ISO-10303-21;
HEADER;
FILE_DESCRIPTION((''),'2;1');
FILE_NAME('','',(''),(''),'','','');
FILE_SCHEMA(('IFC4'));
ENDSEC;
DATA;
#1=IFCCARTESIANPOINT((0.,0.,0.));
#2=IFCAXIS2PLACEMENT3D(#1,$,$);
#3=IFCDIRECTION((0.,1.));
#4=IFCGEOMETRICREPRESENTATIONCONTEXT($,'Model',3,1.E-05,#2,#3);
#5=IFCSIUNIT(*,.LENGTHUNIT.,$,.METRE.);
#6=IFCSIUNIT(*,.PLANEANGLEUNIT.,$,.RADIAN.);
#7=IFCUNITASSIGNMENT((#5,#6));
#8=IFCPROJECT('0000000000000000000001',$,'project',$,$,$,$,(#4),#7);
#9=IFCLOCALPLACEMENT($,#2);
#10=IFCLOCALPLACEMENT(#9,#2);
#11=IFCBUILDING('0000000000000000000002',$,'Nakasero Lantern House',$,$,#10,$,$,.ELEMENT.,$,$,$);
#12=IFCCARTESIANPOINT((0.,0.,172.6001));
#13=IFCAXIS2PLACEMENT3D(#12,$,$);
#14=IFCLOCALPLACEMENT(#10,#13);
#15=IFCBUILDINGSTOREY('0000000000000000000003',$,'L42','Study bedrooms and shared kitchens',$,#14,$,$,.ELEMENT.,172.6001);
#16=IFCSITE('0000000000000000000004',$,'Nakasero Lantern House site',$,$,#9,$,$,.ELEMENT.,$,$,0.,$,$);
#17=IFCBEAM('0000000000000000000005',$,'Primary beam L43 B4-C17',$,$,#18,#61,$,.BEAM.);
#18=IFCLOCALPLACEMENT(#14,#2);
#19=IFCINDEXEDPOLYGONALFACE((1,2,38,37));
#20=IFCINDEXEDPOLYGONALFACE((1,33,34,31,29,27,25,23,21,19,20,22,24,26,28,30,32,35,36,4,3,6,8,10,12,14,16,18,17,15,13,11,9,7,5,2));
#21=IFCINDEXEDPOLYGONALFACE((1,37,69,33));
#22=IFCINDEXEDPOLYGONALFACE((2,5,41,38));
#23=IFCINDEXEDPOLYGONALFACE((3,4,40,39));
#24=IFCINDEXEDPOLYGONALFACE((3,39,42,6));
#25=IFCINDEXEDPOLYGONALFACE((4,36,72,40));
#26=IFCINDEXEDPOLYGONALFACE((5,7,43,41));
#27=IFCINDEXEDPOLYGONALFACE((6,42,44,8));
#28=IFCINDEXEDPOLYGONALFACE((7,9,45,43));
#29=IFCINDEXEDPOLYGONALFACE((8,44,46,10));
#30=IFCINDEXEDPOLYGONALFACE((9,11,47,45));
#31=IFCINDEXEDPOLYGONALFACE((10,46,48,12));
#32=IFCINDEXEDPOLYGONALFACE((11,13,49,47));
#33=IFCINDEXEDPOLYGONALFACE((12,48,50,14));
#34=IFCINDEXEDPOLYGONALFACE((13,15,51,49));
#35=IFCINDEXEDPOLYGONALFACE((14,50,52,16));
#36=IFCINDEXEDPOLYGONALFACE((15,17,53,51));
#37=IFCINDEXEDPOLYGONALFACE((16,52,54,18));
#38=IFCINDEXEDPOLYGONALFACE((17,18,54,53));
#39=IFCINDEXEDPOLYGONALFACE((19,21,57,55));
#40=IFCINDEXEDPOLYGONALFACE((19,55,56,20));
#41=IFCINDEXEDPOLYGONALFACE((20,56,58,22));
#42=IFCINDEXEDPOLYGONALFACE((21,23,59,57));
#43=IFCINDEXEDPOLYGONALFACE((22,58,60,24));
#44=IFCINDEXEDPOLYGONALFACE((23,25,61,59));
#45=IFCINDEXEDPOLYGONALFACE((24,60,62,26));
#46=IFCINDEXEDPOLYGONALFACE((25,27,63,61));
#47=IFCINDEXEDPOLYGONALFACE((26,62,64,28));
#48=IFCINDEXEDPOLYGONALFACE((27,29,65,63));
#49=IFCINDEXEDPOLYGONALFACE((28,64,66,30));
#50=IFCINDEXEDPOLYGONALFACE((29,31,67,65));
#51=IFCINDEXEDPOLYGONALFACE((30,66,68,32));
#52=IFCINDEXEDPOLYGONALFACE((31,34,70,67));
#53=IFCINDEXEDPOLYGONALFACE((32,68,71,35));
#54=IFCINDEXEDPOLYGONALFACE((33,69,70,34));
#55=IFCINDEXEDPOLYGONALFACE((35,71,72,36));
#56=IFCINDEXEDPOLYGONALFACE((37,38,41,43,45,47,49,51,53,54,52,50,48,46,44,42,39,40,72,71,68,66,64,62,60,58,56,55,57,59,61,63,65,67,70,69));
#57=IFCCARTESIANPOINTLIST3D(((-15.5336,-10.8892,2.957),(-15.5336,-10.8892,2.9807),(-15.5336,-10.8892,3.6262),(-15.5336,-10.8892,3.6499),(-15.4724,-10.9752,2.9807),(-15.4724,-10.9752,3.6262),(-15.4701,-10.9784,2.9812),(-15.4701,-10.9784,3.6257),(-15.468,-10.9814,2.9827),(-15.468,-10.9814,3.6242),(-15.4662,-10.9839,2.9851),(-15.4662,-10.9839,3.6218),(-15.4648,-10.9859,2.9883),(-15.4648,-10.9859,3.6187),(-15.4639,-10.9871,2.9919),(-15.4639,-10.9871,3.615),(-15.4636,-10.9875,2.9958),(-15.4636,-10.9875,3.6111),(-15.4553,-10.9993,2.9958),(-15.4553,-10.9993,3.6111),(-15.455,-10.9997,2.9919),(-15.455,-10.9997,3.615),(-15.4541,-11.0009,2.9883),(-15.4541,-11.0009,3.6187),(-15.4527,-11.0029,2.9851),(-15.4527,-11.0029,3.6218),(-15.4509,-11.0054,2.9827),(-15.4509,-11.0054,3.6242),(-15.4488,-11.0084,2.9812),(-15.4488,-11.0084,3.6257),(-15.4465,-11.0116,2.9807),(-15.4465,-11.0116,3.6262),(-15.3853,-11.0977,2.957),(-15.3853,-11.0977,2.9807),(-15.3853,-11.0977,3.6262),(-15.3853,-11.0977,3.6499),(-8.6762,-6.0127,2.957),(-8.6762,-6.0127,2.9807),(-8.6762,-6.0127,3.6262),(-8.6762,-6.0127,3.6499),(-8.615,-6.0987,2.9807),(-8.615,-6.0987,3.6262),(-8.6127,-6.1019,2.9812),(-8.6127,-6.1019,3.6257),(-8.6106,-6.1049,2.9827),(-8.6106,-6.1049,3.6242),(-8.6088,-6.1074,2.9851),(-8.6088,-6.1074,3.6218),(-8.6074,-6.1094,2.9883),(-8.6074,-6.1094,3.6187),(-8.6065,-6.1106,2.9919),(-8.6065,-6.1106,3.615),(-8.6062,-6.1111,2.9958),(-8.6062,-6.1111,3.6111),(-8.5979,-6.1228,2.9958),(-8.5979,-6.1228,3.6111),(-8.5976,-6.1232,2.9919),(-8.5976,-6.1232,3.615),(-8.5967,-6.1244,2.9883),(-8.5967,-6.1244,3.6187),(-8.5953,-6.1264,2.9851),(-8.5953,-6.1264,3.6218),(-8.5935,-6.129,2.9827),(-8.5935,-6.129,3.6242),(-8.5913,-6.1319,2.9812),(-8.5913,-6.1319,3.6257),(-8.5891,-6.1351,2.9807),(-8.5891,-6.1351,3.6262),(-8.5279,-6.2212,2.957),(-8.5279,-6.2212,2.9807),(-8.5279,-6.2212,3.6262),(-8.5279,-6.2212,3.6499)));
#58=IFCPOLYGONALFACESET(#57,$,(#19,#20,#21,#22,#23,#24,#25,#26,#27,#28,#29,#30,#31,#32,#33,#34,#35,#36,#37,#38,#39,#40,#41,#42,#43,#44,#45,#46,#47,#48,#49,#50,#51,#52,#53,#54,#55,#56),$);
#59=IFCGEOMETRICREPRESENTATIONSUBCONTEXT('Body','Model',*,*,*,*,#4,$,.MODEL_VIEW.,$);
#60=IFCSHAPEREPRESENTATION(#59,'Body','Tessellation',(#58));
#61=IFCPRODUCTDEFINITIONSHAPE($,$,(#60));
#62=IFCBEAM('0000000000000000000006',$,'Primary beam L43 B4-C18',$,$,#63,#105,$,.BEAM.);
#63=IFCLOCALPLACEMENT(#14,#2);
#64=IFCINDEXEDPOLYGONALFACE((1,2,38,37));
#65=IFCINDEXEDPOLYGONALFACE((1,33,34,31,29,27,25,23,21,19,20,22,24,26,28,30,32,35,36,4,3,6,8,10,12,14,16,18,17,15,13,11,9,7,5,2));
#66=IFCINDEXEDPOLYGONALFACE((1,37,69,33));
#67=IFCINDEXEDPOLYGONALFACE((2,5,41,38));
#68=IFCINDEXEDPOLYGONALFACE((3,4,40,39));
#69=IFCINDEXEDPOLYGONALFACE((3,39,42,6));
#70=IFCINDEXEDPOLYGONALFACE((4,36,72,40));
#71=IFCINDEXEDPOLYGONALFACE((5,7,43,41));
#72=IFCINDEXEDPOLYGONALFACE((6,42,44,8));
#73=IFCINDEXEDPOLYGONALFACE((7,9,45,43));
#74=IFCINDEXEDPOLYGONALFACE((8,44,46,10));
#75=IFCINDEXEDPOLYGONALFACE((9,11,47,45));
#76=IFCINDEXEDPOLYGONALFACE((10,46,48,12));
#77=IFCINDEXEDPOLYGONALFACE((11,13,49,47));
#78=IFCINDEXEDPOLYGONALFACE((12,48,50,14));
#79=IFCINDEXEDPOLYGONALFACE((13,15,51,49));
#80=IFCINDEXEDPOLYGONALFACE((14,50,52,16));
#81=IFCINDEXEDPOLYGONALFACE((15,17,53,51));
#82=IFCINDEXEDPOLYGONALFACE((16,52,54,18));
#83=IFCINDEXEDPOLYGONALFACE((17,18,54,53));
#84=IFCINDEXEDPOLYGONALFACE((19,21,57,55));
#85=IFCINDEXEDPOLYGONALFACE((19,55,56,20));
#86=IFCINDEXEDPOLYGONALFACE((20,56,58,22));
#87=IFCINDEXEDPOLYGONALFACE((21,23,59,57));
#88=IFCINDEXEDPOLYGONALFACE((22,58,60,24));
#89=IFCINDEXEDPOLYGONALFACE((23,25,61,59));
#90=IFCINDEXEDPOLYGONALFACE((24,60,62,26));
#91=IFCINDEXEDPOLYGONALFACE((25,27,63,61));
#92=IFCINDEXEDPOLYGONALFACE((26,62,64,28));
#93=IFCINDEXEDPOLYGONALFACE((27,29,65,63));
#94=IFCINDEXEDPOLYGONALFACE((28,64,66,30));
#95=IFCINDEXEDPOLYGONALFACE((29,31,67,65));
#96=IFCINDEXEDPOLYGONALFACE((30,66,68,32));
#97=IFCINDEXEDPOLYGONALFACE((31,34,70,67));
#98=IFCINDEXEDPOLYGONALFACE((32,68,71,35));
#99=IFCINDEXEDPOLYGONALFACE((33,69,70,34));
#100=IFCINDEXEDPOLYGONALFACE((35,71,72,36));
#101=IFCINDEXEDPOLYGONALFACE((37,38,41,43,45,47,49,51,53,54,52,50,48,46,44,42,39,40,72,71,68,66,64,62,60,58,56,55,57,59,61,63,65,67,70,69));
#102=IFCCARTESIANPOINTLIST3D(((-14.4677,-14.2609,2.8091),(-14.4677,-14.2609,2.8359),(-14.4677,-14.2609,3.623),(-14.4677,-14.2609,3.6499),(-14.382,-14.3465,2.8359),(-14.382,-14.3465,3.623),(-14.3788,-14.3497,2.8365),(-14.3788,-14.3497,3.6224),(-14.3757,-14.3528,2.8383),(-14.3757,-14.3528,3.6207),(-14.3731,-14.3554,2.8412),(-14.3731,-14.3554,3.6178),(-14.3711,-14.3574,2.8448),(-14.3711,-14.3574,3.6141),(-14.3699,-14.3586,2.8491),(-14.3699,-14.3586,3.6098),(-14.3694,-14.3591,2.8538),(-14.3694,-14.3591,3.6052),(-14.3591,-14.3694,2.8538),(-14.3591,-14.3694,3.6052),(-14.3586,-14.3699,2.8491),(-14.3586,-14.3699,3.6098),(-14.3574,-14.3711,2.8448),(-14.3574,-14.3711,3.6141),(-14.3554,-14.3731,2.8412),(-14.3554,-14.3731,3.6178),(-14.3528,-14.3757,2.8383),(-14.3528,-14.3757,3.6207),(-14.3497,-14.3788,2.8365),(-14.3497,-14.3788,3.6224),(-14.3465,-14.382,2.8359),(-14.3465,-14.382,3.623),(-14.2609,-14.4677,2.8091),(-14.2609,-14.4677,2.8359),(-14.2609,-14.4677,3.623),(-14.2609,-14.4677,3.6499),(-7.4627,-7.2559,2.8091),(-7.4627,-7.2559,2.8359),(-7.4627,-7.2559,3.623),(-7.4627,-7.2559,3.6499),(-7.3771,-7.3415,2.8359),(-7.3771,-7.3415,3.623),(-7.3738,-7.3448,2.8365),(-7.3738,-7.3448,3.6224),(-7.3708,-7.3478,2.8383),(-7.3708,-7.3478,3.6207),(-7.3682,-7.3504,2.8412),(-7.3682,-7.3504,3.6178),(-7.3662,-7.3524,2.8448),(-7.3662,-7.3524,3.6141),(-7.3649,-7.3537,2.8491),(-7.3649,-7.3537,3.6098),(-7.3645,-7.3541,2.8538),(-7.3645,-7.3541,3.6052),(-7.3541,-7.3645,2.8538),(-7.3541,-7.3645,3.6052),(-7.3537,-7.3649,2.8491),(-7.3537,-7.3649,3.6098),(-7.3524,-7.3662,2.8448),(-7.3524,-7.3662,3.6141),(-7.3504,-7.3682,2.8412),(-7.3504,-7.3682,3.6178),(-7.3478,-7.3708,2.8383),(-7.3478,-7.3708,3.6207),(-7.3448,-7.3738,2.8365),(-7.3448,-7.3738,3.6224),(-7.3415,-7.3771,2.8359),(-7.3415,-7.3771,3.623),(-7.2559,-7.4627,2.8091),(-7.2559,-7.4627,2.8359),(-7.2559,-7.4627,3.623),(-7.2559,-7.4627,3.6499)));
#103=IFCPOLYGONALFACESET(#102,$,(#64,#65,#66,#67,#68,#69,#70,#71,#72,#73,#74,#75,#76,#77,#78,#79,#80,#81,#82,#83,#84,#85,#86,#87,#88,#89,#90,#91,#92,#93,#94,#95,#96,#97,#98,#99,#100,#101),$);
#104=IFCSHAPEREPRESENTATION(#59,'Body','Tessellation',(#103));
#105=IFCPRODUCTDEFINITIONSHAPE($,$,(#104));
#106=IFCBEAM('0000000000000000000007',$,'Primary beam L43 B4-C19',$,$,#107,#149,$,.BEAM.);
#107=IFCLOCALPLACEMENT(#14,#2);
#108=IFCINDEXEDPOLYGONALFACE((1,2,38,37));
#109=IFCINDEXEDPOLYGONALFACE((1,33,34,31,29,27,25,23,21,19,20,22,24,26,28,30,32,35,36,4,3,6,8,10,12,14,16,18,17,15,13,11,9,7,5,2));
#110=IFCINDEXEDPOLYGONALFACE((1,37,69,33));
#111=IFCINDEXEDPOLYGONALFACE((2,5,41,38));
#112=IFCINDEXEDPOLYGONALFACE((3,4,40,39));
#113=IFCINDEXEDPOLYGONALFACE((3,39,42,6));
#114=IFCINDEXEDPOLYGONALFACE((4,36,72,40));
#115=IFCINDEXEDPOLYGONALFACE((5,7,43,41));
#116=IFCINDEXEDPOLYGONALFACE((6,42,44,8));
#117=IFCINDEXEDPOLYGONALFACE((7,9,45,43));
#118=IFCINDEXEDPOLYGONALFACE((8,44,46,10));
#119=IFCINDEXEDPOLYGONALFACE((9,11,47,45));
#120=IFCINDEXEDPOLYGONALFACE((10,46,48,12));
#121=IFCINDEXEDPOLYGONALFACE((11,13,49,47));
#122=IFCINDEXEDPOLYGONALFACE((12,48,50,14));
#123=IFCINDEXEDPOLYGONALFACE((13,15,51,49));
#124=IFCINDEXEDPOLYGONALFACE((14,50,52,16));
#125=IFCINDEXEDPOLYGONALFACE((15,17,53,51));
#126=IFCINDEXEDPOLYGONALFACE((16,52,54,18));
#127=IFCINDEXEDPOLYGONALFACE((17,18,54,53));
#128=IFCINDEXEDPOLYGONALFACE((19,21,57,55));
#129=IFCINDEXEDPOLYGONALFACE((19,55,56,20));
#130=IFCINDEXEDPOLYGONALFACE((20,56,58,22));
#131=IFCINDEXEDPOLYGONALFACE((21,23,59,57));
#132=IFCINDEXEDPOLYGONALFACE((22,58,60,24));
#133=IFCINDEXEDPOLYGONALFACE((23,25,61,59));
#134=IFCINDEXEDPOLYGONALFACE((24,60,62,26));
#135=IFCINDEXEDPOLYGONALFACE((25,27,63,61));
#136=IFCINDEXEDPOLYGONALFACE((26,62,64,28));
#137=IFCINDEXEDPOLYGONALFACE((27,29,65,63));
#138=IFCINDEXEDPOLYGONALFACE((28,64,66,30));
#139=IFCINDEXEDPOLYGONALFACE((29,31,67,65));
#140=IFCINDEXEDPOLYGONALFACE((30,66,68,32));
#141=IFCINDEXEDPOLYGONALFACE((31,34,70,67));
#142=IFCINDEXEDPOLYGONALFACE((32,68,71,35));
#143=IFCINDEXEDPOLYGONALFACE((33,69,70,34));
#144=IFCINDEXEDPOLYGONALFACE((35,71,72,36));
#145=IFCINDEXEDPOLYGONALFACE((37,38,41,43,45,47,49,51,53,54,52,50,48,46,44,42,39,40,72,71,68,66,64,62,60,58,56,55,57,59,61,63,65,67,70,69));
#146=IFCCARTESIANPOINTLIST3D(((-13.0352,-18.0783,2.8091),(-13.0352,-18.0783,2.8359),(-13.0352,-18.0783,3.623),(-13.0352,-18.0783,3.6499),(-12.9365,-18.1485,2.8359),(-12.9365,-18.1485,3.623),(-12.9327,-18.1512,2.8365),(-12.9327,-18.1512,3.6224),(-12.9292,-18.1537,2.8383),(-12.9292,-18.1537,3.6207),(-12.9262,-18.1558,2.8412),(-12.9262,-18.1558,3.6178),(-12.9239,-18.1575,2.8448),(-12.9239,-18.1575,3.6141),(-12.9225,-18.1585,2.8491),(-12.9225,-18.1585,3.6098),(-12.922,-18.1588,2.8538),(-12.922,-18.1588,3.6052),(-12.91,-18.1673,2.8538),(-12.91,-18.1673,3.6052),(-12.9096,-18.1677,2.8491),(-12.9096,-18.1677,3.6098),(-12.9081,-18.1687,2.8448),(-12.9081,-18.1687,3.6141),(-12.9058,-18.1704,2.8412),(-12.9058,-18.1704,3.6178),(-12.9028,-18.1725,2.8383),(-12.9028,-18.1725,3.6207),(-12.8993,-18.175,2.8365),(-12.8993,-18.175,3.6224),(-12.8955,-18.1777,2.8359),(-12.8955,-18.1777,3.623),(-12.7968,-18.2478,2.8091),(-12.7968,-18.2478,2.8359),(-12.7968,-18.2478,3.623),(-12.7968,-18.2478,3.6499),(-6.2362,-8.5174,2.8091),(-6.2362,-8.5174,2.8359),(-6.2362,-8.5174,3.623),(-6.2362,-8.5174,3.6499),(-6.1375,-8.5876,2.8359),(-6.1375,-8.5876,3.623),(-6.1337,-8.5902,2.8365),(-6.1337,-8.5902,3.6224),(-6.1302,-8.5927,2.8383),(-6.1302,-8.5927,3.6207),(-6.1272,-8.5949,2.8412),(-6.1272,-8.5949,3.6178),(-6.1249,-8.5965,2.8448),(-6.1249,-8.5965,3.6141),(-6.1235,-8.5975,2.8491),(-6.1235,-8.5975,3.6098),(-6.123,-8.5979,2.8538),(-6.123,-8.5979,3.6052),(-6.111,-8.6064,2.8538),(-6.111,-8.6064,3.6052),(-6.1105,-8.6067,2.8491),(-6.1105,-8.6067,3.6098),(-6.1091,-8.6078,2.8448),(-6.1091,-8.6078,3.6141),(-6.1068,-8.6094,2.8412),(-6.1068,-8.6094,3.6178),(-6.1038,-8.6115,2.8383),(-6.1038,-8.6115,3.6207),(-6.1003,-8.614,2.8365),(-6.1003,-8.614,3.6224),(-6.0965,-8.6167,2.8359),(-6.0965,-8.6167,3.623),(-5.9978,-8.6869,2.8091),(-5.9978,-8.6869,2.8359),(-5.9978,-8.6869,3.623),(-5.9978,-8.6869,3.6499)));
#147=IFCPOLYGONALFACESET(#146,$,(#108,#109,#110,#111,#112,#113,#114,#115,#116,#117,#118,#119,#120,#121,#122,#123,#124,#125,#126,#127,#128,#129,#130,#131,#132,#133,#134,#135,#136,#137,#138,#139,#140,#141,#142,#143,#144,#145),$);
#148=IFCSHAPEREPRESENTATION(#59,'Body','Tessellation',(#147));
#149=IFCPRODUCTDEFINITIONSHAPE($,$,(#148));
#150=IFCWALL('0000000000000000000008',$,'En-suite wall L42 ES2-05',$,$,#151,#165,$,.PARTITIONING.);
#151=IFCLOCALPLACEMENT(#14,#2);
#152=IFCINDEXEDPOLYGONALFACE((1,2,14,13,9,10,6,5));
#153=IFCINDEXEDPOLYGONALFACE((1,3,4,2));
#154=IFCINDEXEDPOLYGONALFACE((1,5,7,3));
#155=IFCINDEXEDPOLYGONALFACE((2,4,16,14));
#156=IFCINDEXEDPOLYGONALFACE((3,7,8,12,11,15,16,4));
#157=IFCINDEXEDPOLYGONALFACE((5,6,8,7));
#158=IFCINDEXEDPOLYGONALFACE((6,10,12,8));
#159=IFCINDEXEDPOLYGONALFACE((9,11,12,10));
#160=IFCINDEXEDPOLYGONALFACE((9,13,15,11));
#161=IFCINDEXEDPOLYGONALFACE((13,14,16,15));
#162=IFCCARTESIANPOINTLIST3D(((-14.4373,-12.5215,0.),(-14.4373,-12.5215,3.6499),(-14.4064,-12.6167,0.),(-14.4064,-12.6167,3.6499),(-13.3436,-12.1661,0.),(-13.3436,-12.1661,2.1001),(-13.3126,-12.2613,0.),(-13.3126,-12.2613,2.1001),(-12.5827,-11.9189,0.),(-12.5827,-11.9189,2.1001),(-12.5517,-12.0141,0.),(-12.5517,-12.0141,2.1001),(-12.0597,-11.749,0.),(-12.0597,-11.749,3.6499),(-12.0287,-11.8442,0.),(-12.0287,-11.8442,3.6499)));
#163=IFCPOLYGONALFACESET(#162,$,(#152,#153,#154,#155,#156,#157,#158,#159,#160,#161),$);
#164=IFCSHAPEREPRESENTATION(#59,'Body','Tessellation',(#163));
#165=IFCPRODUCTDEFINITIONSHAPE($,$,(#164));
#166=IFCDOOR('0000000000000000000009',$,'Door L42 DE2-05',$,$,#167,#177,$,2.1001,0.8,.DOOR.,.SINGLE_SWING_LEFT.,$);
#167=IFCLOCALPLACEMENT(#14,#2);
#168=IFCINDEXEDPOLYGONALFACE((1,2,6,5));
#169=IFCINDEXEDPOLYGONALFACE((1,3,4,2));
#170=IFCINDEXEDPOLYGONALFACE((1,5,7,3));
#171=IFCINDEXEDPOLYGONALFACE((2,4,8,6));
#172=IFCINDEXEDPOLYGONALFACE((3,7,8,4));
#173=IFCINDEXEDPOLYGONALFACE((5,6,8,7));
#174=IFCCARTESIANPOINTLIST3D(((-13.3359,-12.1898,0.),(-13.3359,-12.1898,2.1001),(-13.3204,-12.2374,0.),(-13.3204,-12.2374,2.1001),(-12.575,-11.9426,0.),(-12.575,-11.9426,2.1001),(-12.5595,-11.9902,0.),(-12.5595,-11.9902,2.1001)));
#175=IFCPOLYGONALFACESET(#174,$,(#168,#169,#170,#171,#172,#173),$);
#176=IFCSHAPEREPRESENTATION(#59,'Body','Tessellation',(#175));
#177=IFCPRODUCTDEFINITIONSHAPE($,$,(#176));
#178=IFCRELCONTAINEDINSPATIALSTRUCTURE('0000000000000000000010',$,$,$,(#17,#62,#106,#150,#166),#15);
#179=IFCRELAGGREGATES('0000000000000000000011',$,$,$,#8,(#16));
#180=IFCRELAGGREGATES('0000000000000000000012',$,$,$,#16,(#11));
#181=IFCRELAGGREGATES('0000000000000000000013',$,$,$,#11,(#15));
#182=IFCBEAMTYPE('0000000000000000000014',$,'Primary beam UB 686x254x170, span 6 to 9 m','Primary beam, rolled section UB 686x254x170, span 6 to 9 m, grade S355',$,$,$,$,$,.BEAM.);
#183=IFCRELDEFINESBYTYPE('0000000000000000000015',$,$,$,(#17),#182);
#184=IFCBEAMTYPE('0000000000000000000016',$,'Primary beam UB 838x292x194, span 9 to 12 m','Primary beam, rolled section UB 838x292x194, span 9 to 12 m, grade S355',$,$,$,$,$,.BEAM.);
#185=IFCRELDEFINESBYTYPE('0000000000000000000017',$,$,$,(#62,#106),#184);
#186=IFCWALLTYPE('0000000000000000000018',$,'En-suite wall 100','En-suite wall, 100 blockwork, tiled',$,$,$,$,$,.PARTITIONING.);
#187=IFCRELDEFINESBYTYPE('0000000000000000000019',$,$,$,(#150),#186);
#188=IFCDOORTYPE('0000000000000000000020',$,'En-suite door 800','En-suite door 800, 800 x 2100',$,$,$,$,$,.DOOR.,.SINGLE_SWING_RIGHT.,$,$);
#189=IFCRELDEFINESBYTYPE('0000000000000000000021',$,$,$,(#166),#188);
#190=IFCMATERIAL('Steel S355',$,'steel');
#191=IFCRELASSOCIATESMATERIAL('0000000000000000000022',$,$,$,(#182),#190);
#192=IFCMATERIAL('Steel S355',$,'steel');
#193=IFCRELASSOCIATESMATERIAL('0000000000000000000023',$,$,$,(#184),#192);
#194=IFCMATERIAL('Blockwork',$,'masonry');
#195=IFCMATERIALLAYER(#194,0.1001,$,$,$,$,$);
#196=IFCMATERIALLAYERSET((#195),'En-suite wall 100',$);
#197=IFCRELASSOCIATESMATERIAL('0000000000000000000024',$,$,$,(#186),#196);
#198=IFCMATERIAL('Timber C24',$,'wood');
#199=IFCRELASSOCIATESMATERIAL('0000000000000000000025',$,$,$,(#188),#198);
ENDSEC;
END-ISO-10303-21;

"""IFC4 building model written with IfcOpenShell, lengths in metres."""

from ifc_helpers import new_model, si_unit, direction, frame, frame_2d, origin, origin_2d, place, context, subcontext, project, spatial, rectangle, i_section, extrude, material, layer, layer_set, material_profile, profile_set, type_object, element, fill, save


model = new_model("IFC4")

# Units and contexts
model_context = context("Model", 3, precision=1e-05, world=origin(), true_north=direction((0.0, 1.0)))
body_context = subcontext(model_context, "Body", "Model", "MODEL_VIEW")
ifc_project = project(units=[si_unit("LENGTHUNIT", "METRE"), si_unit("PLANEANGLEUNIT", "RADIAN")], contexts=[model_context])

# Site, building, storey
site_placement = place(None, origin())
site = spatial("IfcSite", under=ifc_project, at=site_placement, Name="Nakasero Lantern House site", CompositionType="ELEMENT", RefElevation=0.0)
building_placement = place(site_placement, origin())
building = spatial("IfcBuilding", under=site, at=building_placement, Name="Nakasero Lantern House", CompositionType="ELEMENT")
storey_placement = place(building_placement, frame((0.0, 0.0, 172.6001)))
storey = spatial("IfcBuildingStorey", under=building, at=storey_placement, Name="L42", Description="Study bedrooms and shared kitchens", CompositionType="ELEMENT", Elevation=172.6001)

# Beams
ifc_material_1 = material(Name="Steel S355", Category="steel")
ifc_material_profile_1 = material_profile(ifc_material_1, i_section(OverallWidth=0.2559, OverallDepth=0.6929, WebThickness=0.0144, FlangeThickness=0.0237, FilletRadius=0.0151, at=origin_2d()), Name="UB 686x254x170")
ifc_profile_set_1 = profile_set([ifc_material_profile_1], Name="Steel S355")
beam_type_1 = type_object("IfcBeamType", Name="Primary beam UB 686x254x170, span 6 to 9 m", Description="Primary beam, rolled section UB 686x254x170, span 6 to 9 m, grade S355", PredefinedType="BEAM", material=ifc_profile_set_1)
beam_1_placement = place(storey_placement, frame((-15.4595, -10.9934, 3.3035), z_axis=(0.814951, 0.57953, 0.0), x_axis=(-0.57953, 0.814951, 0.0)))
element("IfcBeam", 1, at=beam_1_placement, inside=storey, type_object=beam_type_1, Name="Primary beam L43 B4-C17", PredefinedType="BEAM", context=body_context, shape_type="SweptSolid", body=[
    extrude(i_section(OverallWidth=0.2559, OverallDepth=0.6929, WebThickness=0.0144, FlangeThickness=0.0237, FilletRadius=0.0151, at=origin_2d()), origin(), (0.0, 0.0, 1.0), 8.4146),
])
ifc_material_2 = material(Name="Steel S355", Category="steel")
ifc_material_profile_2 = material_profile(ifc_material_2, i_section(OverallWidth=0.2925, OverallDepth=0.8408, WebThickness=0.0146, FlangeThickness=0.0269, FilletRadius=0.0178, at=origin_2d()), Name="UB 838x292x194")
ifc_profile_set_2 = profile_set([ifc_material_profile_2], Name="Steel S355")
beam_type_2 = type_object("IfcBeamType", Name="Primary beam UB 838x292x194, span 9 to 12 m", Description="Primary beam, rolled section UB 838x292x194, span 9 to 12 m, grade S355", PredefinedType="BEAM", material=ifc_profile_set_2)
beam_2_placement = place(storey_placement, frame((-14.3643, -14.3643, 3.2295), z_axis=(0.707107, 0.707107, 0.0), x_axis=(-0.707107, 0.707107, 0.0)))
element("IfcBeam", 2, at=beam_2_placement, inside=storey, type_object=beam_type_2, Name="Primary beam L43 B4-C18", PredefinedType="BEAM", context=body_context, shape_type="SweptSolid", body=[
    extrude(i_section(OverallWidth=0.2925, OverallDepth=0.8408, WebThickness=0.0146, FlangeThickness=0.0269, FilletRadius=0.0178, at=origin_2d()), origin(), (0.0, 0.0, 1.0), 9.9065),
])
beam_3_placement = place(storey_placement, frame((-12.916, -18.1631, 3.2295), z_axis=(0.57953, 0.814951, 0.0), x_axis=(-0.814951, 0.57953, 0.0)))
element("IfcBeam", 3, at=beam_3_placement, inside=storey, type_object=beam_type_2, Name="Primary beam L43 B4-C19", PredefinedType="BEAM", context=body_context, shape_type="SweptSolid", body=[
    extrude(i_section(OverallWidth=0.2925, OverallDepth=0.8408, WebThickness=0.0146, FlangeThickness=0.0269, FilletRadius=0.0178, at=origin_2d()), origin(), (0.0, 0.0, 1.0), 11.7319),
])

# Wall, opening, door
ifc_material_3 = material(Name="Blockwork", Category="masonry")
ifc_layer_1 = layer(ifc_material_3, 0.1001)
ifc_layer_set_1 = layer_set([ifc_layer_1], Name="En-suite wall 100")
wall_type_1 = type_object("IfcWallType", Name="En-suite wall 100", Description="En-suite wall, 100 blockwork, tiled", PredefinedType="PARTITIONING", material=ifc_layer_set_1)
wall_1_placement = place(storey_placement, frame((-12.0442, -11.7966, 0.0), z_axis=(0.0, 0.0, 1.0), x_axis=(-0.951068, -0.308982, 0.0)))
wall_1 = element("IfcWall", 4, at=wall_1_placement, inside=storey, type_object=wall_type_1, Name="En-suite wall L42 ES2-05", PredefinedType="PARTITIONING", context=body_context, shape_type="SweptSolid", body=[
    extrude(rectangle(XDim=2.5, YDim=0.1001, at=frame_2d((1.25, 0.0))), origin(), (0.0, 0.0, 1.0), 3.6499),
])
opening_1_placement = place(wall_1_placement, frame((0.55, 0.0, 0.0)))
opening_1 = element("IfcOpeningElement", 5, at=opening_1_placement, cuts=wall_1, PredefinedType="OPENING", context=body_context, shape_type="SweptSolid", body=[
    extrude(rectangle(XDim=0.8, YDim=2.1001, at=frame_2d((0.3999, 1.05))), frame((0.0, 0.0701, 0.0), z_axis=(0.0, -1.0, 0.0), x_axis=(1.0, 0.0, 0.0)), (0.0, 0.0, 1.0), 0.1401),
])
ifc_material_4 = material(Name="Timber C24", Category="wood")
door_type = type_object("IfcDoorType", Name="En-suite door 800", Description="En-suite door 800, 800 x 2100", OperationType="SINGLE_SWING_RIGHT", PredefinedType="DOOR", material=ifc_material_4)
door_1_placement = place(opening_1_placement, origin())
door_1 = element("IfcDoor", 6, at=door_1_placement, inside=storey, type_object=door_type, Name="Door L42 DE2-05", OperationType="SINGLE_SWING_LEFT", OverallHeight=2.1001, OverallWidth=0.8, PredefinedType="DOOR", context=body_context, shape_type="SweptSolid", body=[
    extrude(rectangle(XDim=0.8, YDim=2.1001, at=frame_2d((0.3999, 1.05))), frame((0.0, 0.0249, 0.0), z_axis=(0.0, -1.0, 0.0), x_axis=(1.0, 0.0, 0.0)), (0.0, 0.0, 1.0), 0.05),
])
fill(opening_1, door_1)

save(model, "model.ifc")
